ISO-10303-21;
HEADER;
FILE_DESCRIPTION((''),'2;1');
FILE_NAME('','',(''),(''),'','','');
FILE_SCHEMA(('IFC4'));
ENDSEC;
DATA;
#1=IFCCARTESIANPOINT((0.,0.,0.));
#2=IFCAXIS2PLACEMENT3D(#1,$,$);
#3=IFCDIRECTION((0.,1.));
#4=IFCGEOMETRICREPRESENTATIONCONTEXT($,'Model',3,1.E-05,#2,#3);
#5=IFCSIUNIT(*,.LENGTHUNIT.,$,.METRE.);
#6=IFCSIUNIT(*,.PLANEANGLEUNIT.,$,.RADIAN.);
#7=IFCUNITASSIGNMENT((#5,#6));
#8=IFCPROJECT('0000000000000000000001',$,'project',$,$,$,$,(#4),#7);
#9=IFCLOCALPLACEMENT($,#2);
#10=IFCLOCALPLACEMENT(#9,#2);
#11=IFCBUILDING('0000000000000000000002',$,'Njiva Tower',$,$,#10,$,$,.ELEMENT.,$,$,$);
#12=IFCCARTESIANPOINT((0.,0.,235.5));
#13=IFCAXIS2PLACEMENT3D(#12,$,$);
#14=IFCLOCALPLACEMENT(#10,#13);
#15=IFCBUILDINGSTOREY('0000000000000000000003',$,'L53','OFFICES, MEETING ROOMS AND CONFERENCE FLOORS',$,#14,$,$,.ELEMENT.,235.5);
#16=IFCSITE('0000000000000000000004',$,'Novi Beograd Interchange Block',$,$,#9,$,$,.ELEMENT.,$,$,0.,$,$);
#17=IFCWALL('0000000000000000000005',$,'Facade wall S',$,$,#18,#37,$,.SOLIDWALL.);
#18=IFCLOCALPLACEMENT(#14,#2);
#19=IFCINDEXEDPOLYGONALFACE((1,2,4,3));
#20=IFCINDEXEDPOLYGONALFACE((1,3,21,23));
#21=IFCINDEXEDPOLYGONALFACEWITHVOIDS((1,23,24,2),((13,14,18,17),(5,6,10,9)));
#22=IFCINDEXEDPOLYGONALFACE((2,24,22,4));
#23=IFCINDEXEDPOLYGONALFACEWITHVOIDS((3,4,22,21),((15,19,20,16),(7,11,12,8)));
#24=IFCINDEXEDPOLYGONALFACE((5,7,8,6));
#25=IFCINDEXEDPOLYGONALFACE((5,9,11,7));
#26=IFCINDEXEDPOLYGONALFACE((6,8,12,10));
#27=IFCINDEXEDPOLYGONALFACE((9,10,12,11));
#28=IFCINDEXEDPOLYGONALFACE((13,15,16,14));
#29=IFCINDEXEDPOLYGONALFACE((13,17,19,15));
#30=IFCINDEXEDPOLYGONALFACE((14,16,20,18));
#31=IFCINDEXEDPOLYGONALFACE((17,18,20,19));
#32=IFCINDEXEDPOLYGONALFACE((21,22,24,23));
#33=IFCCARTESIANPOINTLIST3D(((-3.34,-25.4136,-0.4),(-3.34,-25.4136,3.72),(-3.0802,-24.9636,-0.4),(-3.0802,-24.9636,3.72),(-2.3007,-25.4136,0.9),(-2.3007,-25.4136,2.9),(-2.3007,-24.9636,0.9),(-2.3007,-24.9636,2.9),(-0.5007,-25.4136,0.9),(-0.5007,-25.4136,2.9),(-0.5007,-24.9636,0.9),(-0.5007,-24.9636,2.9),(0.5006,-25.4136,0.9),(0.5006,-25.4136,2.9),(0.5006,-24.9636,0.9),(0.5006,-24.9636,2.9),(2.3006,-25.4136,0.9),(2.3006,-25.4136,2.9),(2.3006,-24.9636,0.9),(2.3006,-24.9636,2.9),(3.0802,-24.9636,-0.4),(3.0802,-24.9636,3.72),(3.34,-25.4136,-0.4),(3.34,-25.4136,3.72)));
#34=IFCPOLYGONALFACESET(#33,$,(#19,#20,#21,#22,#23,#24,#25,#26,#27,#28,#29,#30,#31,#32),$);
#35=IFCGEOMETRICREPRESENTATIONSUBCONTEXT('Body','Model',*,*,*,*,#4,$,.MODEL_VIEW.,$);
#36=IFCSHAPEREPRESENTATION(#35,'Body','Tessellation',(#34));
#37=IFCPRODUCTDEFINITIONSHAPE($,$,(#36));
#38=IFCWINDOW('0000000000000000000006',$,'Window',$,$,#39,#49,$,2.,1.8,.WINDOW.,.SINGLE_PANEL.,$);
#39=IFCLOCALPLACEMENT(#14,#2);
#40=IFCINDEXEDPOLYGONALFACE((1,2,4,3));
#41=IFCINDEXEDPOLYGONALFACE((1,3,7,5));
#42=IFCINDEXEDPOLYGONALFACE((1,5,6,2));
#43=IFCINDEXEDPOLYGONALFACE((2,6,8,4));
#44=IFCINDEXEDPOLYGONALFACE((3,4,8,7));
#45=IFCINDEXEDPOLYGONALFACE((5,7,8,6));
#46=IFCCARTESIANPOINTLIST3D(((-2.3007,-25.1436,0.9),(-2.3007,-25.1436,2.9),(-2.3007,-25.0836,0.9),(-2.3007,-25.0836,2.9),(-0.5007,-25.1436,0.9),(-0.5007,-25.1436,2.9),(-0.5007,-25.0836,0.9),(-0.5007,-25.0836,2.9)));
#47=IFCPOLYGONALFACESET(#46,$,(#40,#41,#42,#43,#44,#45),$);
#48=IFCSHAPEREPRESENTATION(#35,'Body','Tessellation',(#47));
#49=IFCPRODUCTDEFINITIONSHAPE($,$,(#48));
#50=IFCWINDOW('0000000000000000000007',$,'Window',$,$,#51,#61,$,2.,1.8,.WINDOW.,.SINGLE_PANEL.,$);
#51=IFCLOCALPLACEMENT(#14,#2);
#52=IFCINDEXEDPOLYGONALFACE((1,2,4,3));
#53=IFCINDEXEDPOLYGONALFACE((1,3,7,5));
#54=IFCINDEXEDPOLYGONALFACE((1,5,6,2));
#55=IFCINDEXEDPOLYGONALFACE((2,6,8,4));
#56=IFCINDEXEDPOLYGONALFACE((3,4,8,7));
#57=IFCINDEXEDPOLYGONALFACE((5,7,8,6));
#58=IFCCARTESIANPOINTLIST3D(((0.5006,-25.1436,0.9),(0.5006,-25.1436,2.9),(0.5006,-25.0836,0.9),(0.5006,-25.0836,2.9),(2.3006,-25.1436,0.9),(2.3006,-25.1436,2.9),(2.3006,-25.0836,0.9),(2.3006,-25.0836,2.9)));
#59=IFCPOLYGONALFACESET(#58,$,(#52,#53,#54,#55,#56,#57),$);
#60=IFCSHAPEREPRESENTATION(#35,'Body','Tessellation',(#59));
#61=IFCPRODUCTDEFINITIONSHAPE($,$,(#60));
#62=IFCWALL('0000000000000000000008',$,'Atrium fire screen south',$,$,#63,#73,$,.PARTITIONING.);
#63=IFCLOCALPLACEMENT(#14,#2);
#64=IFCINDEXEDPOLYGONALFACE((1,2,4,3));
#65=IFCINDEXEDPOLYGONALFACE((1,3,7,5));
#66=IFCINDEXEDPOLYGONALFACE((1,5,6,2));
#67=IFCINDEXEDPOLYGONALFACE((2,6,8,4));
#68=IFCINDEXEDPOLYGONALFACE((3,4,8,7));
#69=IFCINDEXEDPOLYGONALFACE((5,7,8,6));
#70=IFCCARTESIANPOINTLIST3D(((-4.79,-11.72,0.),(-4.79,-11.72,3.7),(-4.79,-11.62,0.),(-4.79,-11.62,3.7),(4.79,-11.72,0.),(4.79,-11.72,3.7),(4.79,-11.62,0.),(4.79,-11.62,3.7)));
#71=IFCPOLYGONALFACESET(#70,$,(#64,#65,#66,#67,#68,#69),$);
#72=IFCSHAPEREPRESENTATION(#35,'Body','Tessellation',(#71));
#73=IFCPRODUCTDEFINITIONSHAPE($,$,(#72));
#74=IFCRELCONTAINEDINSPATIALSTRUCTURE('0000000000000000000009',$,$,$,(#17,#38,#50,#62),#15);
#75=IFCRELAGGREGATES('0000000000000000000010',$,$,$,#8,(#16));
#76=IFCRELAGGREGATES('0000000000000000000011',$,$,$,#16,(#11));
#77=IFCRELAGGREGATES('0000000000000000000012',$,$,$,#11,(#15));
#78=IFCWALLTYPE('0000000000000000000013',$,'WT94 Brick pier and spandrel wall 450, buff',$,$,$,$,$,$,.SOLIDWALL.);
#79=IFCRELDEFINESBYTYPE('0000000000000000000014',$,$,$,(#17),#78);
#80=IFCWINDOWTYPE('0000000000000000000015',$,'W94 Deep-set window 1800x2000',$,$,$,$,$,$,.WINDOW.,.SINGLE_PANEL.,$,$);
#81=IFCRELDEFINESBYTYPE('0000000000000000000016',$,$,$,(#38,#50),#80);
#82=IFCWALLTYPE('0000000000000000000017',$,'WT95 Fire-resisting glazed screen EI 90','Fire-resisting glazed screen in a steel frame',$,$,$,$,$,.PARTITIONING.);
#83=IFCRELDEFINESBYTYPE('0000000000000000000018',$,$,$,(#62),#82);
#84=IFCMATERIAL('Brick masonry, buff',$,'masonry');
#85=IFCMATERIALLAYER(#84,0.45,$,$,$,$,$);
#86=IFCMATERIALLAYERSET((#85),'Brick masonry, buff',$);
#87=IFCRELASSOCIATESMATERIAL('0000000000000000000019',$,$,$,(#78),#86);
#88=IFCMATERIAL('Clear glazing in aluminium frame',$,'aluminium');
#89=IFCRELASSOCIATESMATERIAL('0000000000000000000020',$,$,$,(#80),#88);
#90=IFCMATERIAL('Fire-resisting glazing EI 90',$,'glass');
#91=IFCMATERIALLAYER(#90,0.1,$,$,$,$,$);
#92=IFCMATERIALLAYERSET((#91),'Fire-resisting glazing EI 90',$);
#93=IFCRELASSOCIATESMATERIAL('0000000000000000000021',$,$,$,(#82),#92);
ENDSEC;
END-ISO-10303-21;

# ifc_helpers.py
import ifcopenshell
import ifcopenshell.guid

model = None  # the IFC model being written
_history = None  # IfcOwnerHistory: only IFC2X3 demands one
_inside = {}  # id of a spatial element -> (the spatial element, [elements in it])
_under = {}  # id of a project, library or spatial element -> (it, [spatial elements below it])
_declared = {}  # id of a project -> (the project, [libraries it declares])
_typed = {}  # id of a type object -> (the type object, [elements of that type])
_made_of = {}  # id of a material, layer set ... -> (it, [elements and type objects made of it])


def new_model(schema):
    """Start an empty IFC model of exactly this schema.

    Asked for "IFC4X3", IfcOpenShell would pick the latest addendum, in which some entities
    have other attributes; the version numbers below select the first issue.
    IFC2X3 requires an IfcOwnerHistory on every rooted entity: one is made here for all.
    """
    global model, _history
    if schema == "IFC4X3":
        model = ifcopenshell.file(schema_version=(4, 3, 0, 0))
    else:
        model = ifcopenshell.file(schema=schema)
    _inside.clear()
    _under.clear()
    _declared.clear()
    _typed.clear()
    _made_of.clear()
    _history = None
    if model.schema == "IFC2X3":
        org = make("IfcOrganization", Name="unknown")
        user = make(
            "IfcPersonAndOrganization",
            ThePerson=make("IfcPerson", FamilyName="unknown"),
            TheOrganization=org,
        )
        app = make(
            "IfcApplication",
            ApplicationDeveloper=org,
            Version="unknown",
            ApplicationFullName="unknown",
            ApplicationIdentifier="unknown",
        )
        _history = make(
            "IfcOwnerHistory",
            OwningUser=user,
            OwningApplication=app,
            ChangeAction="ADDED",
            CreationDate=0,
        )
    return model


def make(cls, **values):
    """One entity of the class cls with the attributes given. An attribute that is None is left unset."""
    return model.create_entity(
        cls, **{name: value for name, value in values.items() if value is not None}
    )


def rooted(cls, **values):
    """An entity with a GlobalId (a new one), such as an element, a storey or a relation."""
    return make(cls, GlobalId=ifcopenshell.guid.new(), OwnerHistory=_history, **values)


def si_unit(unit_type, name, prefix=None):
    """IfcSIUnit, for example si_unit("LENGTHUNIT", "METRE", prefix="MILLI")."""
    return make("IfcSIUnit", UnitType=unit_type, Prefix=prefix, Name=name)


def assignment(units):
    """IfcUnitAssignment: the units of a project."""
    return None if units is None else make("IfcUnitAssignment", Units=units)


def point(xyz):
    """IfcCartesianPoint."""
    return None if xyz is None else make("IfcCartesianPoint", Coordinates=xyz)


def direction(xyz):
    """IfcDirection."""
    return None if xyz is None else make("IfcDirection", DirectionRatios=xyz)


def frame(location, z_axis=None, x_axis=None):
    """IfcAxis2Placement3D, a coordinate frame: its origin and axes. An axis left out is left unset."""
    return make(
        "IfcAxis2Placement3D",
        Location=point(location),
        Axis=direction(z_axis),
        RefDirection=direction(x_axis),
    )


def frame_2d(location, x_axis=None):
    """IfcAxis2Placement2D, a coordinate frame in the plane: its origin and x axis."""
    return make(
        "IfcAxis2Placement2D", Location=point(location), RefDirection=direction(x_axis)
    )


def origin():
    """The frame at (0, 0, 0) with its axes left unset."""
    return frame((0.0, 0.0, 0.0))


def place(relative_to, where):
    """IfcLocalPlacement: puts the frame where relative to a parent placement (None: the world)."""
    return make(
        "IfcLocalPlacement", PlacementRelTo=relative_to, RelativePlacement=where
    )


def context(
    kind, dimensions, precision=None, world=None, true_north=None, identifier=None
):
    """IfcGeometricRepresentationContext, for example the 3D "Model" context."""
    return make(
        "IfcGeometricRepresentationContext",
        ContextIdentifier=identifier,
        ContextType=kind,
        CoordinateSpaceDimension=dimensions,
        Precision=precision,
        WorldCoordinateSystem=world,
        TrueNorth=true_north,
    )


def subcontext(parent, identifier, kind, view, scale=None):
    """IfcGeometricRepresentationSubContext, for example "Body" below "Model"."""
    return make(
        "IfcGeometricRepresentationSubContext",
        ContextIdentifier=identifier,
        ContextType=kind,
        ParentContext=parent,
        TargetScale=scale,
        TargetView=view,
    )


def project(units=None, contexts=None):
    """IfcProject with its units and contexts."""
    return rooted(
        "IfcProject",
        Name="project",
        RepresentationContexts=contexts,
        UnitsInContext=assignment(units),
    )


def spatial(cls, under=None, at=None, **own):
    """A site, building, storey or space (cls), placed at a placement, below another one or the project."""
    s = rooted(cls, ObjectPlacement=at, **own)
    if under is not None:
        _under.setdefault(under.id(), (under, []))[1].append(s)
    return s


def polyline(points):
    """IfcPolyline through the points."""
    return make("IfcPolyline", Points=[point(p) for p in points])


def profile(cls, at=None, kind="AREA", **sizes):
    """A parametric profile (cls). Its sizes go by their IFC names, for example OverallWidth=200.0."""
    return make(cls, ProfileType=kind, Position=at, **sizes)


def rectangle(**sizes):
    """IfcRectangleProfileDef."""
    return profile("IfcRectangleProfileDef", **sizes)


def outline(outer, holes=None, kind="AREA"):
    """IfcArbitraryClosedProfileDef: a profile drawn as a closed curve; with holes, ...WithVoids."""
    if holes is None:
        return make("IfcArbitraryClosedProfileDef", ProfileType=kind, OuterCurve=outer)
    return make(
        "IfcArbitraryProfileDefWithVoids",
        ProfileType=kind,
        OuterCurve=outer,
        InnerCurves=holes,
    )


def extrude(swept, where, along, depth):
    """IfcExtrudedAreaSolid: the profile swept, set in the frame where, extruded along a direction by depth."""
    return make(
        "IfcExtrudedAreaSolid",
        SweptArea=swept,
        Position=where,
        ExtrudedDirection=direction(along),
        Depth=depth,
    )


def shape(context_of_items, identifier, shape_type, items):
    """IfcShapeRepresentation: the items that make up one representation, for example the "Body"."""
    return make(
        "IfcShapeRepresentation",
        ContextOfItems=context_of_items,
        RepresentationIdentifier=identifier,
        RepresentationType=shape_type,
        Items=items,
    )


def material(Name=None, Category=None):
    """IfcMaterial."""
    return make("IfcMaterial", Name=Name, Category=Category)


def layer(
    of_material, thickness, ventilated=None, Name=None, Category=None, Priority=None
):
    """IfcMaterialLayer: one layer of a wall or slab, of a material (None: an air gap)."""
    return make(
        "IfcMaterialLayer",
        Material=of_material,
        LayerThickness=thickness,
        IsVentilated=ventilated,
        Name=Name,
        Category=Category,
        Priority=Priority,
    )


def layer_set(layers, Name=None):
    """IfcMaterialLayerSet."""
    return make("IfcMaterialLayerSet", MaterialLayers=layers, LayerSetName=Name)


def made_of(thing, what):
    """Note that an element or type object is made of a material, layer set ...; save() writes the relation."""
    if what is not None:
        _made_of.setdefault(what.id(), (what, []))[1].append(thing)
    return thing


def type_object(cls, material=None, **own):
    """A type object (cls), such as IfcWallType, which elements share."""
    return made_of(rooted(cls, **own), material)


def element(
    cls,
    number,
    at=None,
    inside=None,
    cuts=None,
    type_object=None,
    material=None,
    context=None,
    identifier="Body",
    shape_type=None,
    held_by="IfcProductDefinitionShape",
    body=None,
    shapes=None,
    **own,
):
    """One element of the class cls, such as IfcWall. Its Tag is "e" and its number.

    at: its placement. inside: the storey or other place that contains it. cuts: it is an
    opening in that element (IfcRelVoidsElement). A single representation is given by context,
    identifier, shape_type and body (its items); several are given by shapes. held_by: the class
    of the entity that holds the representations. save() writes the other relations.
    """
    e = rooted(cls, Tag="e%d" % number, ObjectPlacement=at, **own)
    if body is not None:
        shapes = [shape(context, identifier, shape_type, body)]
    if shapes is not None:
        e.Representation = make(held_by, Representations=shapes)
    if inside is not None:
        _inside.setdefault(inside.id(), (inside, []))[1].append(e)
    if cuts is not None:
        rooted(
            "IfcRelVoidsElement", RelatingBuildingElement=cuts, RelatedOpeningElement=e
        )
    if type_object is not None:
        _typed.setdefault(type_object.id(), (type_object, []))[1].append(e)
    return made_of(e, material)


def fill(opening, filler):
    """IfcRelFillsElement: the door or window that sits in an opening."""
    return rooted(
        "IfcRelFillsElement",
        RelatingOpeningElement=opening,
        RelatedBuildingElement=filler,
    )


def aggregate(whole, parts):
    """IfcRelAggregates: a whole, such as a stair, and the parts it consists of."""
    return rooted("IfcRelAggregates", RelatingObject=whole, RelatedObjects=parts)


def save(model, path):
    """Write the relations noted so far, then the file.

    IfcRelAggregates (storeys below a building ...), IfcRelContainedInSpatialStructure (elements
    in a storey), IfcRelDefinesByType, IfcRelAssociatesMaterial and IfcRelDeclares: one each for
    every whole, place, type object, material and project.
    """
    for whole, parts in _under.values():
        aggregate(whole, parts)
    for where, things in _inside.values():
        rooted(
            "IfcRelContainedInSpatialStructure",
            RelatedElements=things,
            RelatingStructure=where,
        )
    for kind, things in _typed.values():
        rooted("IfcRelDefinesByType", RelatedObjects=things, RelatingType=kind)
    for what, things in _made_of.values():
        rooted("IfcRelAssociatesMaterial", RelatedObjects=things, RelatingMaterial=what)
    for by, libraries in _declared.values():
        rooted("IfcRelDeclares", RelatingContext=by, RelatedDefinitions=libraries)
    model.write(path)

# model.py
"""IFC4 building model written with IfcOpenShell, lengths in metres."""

from ifc_helpers import new_model, si_unit, direction, frame, frame_2d, origin, place, context, subcontext, project, spatial, polyline, rectangle, outline, extrude, material, layer, layer_set, type_object, element, fill, save


model = new_model("IFC4")

# Units and contexts
model_context = context("Model", 3, precision=1e-05, world=origin(), true_north=direction((0.0, 1.0)))
body_context = subcontext(model_context, "Body", "Model", "MODEL_VIEW")
ifc_project = project(units=[si_unit("LENGTHUNIT", "METRE"), si_unit("PLANEANGLEUNIT", "RADIAN")], contexts=[model_context])

# Site, building, storey
site_placement = place(None, origin())
site = spatial("IfcSite", under=ifc_project, at=site_placement, Name="Novi Beograd Interchange Block", CompositionType="ELEMENT", RefElevation=0.0)
building_placement = place(site_placement, origin())
building = spatial("IfcBuilding", under=site, at=building_placement, Name="Njiva Tower", CompositionType="ELEMENT")
storey_placement = place(building_placement, frame((0.0, 0.0, 235.5)))
storey = spatial("IfcBuildingStorey", under=building, at=storey_placement, Name="L53", Description="OFFICES, MEETING ROOMS AND CONFERENCE FLOORS", CompositionType="ELEMENT", Elevation=235.5)

# Wall, openings, windows
ifc_material_1 = material(Name="Brick masonry, buff", Category="masonry")
ifc_layer_1 = layer(ifc_material_1, 0.45)
ifc_layer_set_1 = layer_set([ifc_layer_1], Name="Brick masonry, buff")
wall_type_1 = type_object("IfcWallType", Name="WT94 Brick pier and spandrel wall 450, buff", PredefinedType="SOLIDWALL", material=ifc_layer_set_1)
wall_1_placement = place(storey_placement, frame((-3.2101, -25.1886, -0.4), z_axis=(0.0, 0.0, 1.0), x_axis=(1.0, 0.0, 0.0)))
wall_1 = element("IfcWall", 1, at=wall_1_placement, inside=storey, type_object=wall_type_1, Name="Facade wall S", PredefinedType="SOLIDWALL", context=body_context, shape_type="SweptSolid", body=[
    extrude(outline(polyline([(-0.1299, -0.225), (6.5501, -0.225), (6.2903, 0.225), (0.1299, 0.225), (-0.1299, -0.225)])), origin(), (0.0, 0.0, 1.0), 4.12),
])
opening_1_placement = place(wall_1_placement, frame((0.9094, 0.0, 1.3)))
opening_1 = element("IfcOpeningElement", 2, at=opening_1_placement, cuts=wall_1, PredefinedType="OPENING", context=body_context, shape_type="SweptSolid", body=[
    extrude(rectangle(XDim=1.8, YDim=2.0, at=frame_2d((0.9, 1.0))), frame((0.0, 0.235, 0.0), z_axis=(0.0, -1.0, 0.0), x_axis=(1.0, 0.0, 0.0)), (0.0, 0.0, 1.0), 0.47),
])
opening_2_placement = place(wall_1_placement, frame((3.7107, 0.0, 1.3)))
opening_2 = element("IfcOpeningElement", 3, at=opening_2_placement, cuts=wall_1, PredefinedType="OPENING", context=body_context, shape_type="SweptSolid", body=[
    extrude(rectangle(XDim=1.8, YDim=2.0, at=frame_2d((0.9, 1.0))), frame((0.0, 0.235, 0.0), z_axis=(0.0, -1.0, 0.0), x_axis=(1.0, 0.0, 0.0)), (0.0, 0.0, 1.0), 0.47),
])
ifc_material_2 = material(Name="Clear glazing in aluminium frame", Category="aluminium")
window_type = type_object("IfcWindowType", Name="W94 Deep-set window 1800x2000", PartitioningType="SINGLE_PANEL", PredefinedType="WINDOW", material=ifc_material_2)
window_1_placement = place(opening_1_placement, origin())
window_1 = element("IfcWindow", 4, at=window_1_placement, inside=storey, type_object=window_type, Name="Window", OverallHeight=2.0, OverallWidth=1.8, PartitioningType="SINGLE_PANEL", PredefinedType="WINDOW", context=body_context, shape_type="SweptSolid", body=[
    extrude(rectangle(XDim=1.8, YDim=2.0, at=frame_2d((0.9, 1.0))), frame((0.0, 0.105, 0.0), z_axis=(0.0, -1.0, 0.0), x_axis=(1.0, 0.0, 0.0)), (0.0, 0.0, 1.0), 0.06),
])
fill(opening_1, window_1)
window_2_placement = place(opening_2_placement, origin())
window_2 = element("IfcWindow", 5, at=window_2_placement, inside=storey, type_object=window_type, Name="Window", OverallHeight=2.0, OverallWidth=1.8, PartitioningType="SINGLE_PANEL", PredefinedType="WINDOW", context=body_context, shape_type="SweptSolid", body=[
    extrude(rectangle(XDim=1.8, YDim=2.0, at=frame_2d((0.9, 1.0))), frame((0.0, 0.105, 0.0), z_axis=(0.0, -1.0, 0.0), x_axis=(1.0, 0.0, 0.0)), (0.0, 0.0, 1.0), 0.06),
])
fill(opening_2, window_2)

# Wall
ifc_material_3 = material(Name="Fire-resisting glazing EI 90", Category="glass")
ifc_layer_2 = layer(ifc_material_3, 0.1)
ifc_layer_set_2 = layer_set([ifc_layer_2], Name="Fire-resisting glazing EI 90")
wall_type_2 = type_object("IfcWallType", Name="WT95 Fire-resisting glazed screen EI 90", Description="Fire-resisting glazed screen in a steel frame", PredefinedType="PARTITIONING", material=ifc_layer_set_2)
wall_2_placement = place(storey_placement, frame((-4.79, -11.67, 0.0), z_axis=(0.0, 0.0, 1.0), x_axis=(1.0, 0.0, 0.0)))
element("IfcWall", 6, at=wall_2_placement, inside=storey, type_object=wall_type_2, Name="Atrium fire screen south", PredefinedType="PARTITIONING", context=body_context, shape_type="SweptSolid", body=[
    extrude(rectangle(XDim=9.58, YDim=0.1, at=frame_2d((4.79, 0.0))), origin(), (0.0, 0.0, 1.0), 3.7),
])

save(model, "model.ifc")
